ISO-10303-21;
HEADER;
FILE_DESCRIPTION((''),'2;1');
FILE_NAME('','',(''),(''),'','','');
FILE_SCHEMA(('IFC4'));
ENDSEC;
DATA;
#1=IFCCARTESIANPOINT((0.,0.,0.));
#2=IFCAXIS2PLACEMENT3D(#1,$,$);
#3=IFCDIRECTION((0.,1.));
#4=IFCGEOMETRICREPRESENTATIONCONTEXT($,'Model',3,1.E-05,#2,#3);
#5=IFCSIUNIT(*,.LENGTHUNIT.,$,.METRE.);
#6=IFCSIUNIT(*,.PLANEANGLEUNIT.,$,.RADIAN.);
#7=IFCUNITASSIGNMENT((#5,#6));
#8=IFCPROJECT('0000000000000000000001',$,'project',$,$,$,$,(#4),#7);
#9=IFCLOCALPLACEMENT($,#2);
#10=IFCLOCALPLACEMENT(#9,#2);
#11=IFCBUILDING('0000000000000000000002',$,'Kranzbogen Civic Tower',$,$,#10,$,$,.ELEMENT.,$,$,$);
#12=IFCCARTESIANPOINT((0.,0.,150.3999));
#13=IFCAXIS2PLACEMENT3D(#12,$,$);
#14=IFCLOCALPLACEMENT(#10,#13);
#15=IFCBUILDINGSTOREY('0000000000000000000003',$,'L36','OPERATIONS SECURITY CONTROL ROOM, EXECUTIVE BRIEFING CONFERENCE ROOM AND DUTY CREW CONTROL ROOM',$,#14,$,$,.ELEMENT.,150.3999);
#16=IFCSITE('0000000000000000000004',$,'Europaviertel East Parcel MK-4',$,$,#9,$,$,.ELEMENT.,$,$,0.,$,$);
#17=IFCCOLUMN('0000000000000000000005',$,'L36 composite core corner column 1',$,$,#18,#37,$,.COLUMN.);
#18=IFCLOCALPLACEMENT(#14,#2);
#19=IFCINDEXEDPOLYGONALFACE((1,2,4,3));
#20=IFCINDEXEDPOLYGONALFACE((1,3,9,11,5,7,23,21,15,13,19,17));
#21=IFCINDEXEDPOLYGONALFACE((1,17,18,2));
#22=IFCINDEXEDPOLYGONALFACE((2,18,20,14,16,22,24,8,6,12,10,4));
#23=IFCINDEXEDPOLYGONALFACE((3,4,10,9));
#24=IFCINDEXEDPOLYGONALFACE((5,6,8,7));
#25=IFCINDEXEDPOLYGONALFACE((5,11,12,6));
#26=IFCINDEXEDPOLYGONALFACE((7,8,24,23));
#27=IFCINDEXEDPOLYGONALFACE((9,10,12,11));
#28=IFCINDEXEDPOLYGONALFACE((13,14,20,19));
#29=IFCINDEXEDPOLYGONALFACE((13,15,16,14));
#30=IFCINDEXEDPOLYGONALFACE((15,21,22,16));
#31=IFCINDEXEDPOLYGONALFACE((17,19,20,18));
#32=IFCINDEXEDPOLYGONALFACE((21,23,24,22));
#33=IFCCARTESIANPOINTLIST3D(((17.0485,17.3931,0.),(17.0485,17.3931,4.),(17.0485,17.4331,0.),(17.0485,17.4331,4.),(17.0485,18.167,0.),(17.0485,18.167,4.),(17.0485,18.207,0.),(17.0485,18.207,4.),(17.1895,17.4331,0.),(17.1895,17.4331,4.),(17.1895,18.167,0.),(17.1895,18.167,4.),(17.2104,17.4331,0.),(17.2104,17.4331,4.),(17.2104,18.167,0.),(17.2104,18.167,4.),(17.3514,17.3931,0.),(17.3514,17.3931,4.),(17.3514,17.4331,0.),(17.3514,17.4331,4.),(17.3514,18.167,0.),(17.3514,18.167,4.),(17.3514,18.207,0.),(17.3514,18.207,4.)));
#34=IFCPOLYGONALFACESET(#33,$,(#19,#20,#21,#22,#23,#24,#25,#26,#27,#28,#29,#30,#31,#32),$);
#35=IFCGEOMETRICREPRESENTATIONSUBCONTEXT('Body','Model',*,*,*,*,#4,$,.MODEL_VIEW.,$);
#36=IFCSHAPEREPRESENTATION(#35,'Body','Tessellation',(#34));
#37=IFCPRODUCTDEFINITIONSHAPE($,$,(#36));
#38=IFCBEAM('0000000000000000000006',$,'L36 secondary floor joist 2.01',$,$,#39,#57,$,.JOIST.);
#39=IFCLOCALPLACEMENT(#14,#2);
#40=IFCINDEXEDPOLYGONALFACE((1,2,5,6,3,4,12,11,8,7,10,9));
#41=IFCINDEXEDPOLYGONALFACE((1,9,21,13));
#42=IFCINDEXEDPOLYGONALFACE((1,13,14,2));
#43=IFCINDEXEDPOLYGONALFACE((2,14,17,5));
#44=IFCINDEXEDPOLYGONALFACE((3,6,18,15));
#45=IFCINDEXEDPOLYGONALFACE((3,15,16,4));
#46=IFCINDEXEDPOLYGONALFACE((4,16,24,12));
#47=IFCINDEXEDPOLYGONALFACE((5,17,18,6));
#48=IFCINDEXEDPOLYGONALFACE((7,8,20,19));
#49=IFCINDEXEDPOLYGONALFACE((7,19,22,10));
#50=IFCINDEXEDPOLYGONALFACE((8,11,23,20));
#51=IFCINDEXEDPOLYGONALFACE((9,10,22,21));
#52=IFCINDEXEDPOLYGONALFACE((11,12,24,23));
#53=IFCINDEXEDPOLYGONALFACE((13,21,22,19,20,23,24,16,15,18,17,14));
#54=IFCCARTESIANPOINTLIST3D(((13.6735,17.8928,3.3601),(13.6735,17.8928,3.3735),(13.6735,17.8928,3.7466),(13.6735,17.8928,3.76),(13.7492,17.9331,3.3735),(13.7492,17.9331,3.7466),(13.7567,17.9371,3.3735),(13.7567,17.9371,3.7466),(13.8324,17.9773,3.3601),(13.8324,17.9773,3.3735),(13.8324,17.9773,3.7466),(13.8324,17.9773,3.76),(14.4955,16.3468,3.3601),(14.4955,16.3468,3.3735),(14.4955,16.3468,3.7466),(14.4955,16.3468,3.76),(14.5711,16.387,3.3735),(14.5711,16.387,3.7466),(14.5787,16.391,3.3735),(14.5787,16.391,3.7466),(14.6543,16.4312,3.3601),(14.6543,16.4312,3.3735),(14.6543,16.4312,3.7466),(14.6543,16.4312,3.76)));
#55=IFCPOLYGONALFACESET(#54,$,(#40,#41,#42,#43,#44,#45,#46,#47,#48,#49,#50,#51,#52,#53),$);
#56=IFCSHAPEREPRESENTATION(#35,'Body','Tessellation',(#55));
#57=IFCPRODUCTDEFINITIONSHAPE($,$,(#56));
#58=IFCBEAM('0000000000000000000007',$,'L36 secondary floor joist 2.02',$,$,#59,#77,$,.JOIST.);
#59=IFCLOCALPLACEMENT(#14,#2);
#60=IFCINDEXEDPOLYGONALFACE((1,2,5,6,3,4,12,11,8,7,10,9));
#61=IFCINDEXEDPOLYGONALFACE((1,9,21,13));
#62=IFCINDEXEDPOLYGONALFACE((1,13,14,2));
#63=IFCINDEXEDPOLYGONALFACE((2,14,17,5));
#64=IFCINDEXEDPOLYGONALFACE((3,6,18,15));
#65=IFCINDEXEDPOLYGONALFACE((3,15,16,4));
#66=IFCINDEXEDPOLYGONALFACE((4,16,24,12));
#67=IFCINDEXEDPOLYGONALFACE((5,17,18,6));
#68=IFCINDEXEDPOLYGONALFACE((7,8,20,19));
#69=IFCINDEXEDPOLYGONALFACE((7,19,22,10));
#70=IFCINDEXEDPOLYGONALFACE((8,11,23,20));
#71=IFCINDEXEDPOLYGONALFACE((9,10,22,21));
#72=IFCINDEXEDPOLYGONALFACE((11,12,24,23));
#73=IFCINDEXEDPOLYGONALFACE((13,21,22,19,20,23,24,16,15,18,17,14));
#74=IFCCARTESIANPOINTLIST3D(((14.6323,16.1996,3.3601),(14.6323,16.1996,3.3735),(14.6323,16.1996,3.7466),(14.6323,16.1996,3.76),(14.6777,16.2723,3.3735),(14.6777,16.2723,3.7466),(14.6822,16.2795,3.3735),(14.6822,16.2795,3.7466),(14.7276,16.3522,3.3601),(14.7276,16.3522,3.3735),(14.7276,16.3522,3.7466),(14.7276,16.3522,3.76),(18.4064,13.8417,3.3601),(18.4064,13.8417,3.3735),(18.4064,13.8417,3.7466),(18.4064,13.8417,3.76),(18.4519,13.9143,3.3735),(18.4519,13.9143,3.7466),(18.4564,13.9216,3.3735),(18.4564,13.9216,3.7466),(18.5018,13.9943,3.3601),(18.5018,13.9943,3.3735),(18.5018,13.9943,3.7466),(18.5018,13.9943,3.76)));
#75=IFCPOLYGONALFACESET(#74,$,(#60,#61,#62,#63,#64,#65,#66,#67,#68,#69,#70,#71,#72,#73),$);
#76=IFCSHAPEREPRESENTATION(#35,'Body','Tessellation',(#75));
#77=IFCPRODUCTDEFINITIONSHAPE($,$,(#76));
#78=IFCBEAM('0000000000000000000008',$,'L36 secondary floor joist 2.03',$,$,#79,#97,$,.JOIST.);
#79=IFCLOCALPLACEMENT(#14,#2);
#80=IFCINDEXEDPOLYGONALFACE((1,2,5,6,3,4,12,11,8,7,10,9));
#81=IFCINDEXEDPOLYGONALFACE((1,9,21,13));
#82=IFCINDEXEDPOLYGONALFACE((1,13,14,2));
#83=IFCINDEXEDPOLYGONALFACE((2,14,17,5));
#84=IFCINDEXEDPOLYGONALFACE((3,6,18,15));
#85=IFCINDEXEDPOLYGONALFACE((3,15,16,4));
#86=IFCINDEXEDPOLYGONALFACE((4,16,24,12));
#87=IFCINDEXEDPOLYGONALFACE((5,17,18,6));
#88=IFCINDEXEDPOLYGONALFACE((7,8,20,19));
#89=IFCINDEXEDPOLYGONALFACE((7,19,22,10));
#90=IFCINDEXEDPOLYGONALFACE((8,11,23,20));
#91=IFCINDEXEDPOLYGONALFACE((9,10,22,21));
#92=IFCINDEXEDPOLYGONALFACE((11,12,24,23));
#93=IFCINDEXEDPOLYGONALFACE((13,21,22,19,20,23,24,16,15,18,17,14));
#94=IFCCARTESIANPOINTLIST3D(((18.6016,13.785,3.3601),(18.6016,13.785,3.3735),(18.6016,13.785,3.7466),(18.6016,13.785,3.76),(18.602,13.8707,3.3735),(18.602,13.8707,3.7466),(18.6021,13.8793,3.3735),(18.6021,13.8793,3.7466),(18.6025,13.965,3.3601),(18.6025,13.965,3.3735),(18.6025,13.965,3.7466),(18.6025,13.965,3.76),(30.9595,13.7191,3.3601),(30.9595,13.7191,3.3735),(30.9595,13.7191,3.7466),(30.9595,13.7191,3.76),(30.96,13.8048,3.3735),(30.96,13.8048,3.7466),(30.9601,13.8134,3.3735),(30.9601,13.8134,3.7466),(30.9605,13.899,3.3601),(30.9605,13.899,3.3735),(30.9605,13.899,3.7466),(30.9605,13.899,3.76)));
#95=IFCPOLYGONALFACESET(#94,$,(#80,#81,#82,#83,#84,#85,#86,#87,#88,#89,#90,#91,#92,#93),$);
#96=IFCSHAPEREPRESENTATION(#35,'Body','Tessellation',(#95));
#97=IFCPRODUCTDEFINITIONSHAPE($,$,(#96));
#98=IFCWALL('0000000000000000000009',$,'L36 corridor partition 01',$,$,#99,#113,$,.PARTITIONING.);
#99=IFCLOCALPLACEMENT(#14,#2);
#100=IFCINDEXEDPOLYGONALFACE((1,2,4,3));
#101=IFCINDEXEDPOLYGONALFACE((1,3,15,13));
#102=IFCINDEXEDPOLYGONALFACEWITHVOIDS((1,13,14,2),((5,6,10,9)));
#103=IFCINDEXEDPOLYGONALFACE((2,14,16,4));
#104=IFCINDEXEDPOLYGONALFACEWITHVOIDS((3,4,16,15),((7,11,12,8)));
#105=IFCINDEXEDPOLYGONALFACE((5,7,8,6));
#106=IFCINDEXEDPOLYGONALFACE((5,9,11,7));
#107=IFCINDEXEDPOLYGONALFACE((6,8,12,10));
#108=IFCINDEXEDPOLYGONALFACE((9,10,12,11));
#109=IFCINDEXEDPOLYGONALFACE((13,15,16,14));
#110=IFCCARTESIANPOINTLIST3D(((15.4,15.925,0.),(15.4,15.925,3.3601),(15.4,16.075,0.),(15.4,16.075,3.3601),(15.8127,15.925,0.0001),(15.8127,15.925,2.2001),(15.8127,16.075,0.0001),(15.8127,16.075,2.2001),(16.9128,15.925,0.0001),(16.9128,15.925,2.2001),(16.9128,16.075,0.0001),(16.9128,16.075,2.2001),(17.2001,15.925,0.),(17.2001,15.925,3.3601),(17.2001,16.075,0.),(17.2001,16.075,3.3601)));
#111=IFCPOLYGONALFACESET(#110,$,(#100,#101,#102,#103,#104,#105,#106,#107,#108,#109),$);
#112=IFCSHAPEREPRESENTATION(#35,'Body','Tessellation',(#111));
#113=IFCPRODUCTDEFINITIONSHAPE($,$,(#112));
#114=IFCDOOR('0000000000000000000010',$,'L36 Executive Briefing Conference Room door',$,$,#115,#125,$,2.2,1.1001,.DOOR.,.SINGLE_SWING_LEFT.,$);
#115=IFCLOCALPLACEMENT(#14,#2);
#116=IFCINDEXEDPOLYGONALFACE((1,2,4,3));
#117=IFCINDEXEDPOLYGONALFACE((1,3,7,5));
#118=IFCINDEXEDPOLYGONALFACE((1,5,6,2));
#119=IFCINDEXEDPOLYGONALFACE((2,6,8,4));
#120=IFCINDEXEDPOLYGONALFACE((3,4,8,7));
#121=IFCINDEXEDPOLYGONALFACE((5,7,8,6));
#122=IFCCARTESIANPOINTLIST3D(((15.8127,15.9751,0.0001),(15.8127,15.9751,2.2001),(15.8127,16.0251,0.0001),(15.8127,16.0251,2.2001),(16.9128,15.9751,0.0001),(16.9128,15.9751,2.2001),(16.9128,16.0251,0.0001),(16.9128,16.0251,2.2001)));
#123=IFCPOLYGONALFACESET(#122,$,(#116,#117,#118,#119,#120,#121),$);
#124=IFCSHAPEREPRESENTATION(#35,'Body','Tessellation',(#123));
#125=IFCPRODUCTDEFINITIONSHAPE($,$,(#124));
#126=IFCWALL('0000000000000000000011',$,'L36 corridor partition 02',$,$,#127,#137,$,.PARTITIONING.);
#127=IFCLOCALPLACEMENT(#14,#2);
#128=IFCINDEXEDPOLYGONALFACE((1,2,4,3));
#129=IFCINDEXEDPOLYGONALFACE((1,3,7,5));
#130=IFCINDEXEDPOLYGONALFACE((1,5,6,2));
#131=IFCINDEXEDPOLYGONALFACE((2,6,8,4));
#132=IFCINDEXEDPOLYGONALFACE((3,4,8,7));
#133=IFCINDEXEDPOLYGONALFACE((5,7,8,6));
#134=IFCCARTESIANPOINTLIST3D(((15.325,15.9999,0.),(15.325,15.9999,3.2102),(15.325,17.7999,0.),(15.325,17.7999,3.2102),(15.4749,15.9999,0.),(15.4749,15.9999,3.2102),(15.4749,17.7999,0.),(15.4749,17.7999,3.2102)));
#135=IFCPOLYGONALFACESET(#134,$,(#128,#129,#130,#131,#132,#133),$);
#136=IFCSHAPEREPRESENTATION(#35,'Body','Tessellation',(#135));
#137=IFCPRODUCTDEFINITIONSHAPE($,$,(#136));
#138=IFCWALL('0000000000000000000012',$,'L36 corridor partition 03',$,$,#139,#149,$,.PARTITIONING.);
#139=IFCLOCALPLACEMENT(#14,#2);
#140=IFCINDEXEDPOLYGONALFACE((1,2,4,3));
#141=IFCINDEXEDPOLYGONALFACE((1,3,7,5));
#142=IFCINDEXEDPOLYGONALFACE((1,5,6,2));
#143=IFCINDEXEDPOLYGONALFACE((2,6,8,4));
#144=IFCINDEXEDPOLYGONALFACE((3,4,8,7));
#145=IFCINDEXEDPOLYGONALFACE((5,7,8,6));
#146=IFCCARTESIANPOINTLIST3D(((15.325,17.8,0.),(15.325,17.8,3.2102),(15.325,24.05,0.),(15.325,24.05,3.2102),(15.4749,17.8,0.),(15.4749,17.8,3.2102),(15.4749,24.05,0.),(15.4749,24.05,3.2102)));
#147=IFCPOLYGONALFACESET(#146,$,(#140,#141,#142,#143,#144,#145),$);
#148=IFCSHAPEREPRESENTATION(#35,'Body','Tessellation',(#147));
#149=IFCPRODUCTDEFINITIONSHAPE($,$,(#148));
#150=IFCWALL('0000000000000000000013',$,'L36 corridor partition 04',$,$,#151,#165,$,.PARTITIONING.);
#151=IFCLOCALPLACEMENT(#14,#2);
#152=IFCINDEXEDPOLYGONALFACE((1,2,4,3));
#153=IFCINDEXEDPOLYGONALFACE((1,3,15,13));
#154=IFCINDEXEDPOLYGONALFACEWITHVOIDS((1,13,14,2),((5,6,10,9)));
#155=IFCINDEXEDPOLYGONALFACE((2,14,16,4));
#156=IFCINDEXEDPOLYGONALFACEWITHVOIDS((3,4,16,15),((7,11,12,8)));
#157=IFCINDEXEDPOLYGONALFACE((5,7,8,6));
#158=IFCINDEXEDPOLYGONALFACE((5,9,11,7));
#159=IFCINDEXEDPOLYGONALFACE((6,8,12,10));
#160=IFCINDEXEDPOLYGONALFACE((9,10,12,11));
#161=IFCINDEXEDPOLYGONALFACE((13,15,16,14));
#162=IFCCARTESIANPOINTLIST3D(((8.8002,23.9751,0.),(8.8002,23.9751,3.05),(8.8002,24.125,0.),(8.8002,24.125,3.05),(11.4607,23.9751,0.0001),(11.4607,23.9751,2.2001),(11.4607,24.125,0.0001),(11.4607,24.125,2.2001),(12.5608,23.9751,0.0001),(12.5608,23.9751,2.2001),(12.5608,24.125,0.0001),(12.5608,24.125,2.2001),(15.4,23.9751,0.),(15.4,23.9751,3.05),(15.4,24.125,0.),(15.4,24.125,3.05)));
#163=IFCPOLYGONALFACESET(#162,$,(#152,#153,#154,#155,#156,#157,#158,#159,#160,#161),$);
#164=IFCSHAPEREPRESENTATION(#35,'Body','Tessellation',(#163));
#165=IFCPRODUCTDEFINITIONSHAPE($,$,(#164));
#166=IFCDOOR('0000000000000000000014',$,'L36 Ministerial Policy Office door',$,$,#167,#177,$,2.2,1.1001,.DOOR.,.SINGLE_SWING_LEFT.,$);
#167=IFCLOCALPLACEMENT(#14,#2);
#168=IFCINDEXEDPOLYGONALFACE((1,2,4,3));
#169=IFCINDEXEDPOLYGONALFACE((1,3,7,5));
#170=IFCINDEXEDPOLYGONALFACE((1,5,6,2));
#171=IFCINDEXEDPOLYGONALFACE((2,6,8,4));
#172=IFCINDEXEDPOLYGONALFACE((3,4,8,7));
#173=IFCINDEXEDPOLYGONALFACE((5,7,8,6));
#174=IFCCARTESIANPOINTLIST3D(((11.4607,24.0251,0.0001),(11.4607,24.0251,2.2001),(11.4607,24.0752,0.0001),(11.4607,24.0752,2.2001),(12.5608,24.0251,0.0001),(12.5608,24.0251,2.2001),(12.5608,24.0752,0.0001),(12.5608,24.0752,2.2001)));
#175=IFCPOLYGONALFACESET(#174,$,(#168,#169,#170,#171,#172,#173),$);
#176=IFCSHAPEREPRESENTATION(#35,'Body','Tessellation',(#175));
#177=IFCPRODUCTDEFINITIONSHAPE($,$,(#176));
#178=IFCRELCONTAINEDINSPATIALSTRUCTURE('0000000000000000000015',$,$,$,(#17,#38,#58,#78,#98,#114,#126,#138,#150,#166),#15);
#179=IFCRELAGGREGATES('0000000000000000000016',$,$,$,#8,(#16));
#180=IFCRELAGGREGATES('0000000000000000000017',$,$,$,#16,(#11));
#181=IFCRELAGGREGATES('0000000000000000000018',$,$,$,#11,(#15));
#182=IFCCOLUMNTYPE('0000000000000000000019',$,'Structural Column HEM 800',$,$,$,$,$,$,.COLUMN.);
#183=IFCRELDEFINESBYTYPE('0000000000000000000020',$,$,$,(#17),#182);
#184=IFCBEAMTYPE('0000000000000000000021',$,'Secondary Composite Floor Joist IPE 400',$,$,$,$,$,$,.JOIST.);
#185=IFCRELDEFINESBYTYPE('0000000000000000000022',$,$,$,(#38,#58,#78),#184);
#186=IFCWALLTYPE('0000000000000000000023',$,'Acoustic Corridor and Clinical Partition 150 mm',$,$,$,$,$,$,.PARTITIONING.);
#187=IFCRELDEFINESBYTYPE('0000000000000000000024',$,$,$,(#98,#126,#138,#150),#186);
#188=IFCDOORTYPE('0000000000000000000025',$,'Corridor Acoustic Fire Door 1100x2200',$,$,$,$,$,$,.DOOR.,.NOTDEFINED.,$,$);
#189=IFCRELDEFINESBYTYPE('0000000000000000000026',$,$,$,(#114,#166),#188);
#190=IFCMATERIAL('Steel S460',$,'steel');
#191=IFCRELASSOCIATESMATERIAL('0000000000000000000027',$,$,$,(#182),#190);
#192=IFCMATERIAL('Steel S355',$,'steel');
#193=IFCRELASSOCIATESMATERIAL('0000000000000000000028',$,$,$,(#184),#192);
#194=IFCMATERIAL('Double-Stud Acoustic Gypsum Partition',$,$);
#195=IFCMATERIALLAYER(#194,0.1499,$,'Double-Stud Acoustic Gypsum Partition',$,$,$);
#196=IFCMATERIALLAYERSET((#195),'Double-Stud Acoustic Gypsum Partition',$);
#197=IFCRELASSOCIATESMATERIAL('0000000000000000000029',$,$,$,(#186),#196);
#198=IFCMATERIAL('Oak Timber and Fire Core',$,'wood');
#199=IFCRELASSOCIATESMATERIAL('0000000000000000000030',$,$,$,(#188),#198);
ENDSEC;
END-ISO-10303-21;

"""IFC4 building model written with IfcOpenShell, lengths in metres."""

from ifc_helpers import new_model, si_unit, direction, frame, frame_2d, origin, origin_2d, place, context, subcontext, project, spatial, rectangle, i_section, extrude, material, layer, layer_set, material_profile, profile_set, type_object, element, fill, save


model = new_model("IFC4")

# Units and contexts
model_context = context("Model", 3, precision=1e-05, world=origin(), true_north=direction((0.0, 1.0)))
body_context = subcontext(model_context, "Body", "Model", "MODEL_VIEW")
ifc_project = project(units=[si_unit("LENGTHUNIT", "METRE"), si_unit("PLANEANGLEUNIT", "RADIAN")], contexts=[model_context])

# Site, building, storey
site_placement = place(None, origin())
site = spatial("IfcSite", under=ifc_project, at=site_placement, Name="Europaviertel East Parcel MK-4", CompositionType="ELEMENT", RefElevation=0.0)
building_placement = place(site_placement, origin())
building = spatial("IfcBuilding", under=site, at=building_placement, Name="Kranzbogen Civic Tower", CompositionType="ELEMENT")
storey_placement = place(building_placement, frame((0.0, 0.0, 150.3999)))
storey = spatial("IfcBuildingStorey", under=building, at=storey_placement, Name="L36", Description="OPERATIONS SECURITY CONTROL ROOM, EXECUTIVE BRIEFING CONFERENCE ROOM AND DUTY CREW CONTROL ROOM", CompositionType="ELEMENT", Elevation=150.3999)

# Column
ifc_material_1 = material(Name="Steel S460", Category="steel")
ifc_material_profile_1 = material_profile(ifc_material_1, i_section(OverallWidth=0.303, OverallDepth=0.814, WebThickness=0.021, FlangeThickness=0.04, at=origin_2d()), Name="HEM 800")
ifc_profile_set_1 = profile_set([ifc_material_profile_1], Name="Steel S460")
column_type = type_object("IfcColumnType", Name="Structural Column HEM 800", PredefinedType="COLUMN", material=ifc_profile_set_1)
column_placement = place(storey_placement, frame((17.2, 17.8, 0.0), z_axis=(0.0, 0.0, 1.0), x_axis=(1.0, 0.0, 0.0)))
element("IfcColumn", 1, at=column_placement, inside=storey, type_object=column_type, Name="L36 composite core corner column 1", PredefinedType="COLUMN", context=body_context, shape_type="SweptSolid", body=[
    extrude(i_section(OverallWidth=0.303, OverallDepth=0.814, WebThickness=0.021, FlangeThickness=0.04, at=origin_2d()), origin(), (0.0, 0.0, 1.0), 4.0),
])

# Beams
ifc_material_2 = material(Name="Steel S355", Category="steel")
ifc_material_profile_2 = material_profile(ifc_material_2, i_section(OverallWidth=0.1799, OverallDepth=0.3999, WebThickness=0.0085, FlangeThickness=0.0134, at=origin_2d()), Name="IPE 400")
ifc_profile_set_2 = profile_set([ifc_material_profile_2], Name="Steel S355")
beam_type = type_object("IfcBeamType", Name="Secondary Composite Floor Joist IPE 400", PredefinedType="JOIST", material=ifc_profile_set_2)
beam_1_placement = place(storey_placement, frame((13.7529, 17.9351, 3.5601), z_axis=(0.469437, -0.882966, 0.0), x_axis=(0.882966, 0.469437, 0.0)))
element("IfcBeam", 2, at=beam_1_placement, inside=storey, type_object=beam_type, Name="L36 secondary floor joist 2.01", PredefinedType="JOIST", context=body_context, shape_type="SweptSolid", body=[
    extrude(i_section(OverallWidth=0.1799, OverallDepth=0.3999, WebThickness=0.0085, FlangeThickness=0.0134, at=origin_2d()), origin(), (0.0, 0.0, 1.0), 1.751),
])
beam_2_placement = place(storey_placement, frame((14.6799, 16.2759, 3.5601), z_axis=(0.848094, -0.529846, 0.0), x_axis=(0.529846, 0.848094, 0.0)))
element("IfcBeam", 3, at=beam_2_placement, inside=storey, type_object=beam_type, Name="L36 secondary floor joist 2.02", PredefinedType="JOIST", context=body_context, shape_type="SweptSolid", body=[
    extrude(i_section(OverallWidth=0.1799, OverallDepth=0.3999, WebThickness=0.0085, FlangeThickness=0.0134, at=origin_2d()), origin(), (0.0, 0.0, 1.0), 4.4502),
])
beam_3_placement = place(storey_placement, frame((18.6021, 13.875, 3.5601), z_axis=(0.999986, -0.005334, 0.0), x_axis=(0.005334, 0.999986, 0.0)))
element("IfcBeam", 4, at=beam_3_placement, inside=storey, type_object=beam_type, Name="L36 secondary floor joist 2.03", PredefinedType="JOIST", context=body_context, shape_type="SweptSolid", body=[
    extrude(i_section(OverallWidth=0.1799, OverallDepth=0.3999, WebThickness=0.0085, FlangeThickness=0.0134, at=origin_2d()), origin(), (0.0, 0.0, 1.0), 12.3582),
])

# Wall, opening, door
ifc_material_3 = material(Name="Double-Stud Acoustic Gypsum Partition")
ifc_layer_1 = layer(ifc_material_3, 0.1499, Name="Double-Stud Acoustic Gypsum Partition")
ifc_layer_set_1 = layer_set([ifc_layer_1], Name="Double-Stud Acoustic Gypsum Partition")
wall_type_1 = type_object("IfcWallType", Name="Acoustic Corridor and Clinical Partition 150 mm", PredefinedType="PARTITIONING", material=ifc_layer_set_1)
wall_1_placement = place(storey_placement, frame((17.2, 16.0, 0.0), z_axis=(0.0, 0.0, 1.0), x_axis=(-1.0, 0.0, 0.0)))
wall_1 = element("IfcWall", 5, at=wall_1_placement, inside=storey, type_object=wall_type_1, Name="L36 corridor partition 01", PredefinedType="PARTITIONING", context=body_context, shape_type="SweptSolid", body=[
    extrude(rectangle(XDim=1.8, YDim=0.1499, at=frame_2d((0.8999, 0.0))), origin(), (0.0, 0.0, 1.0), 3.3601),
])
opening_1_placement = place(wall_1_placement, frame((0.2871, 0.0, 0.0)))
opening_1 = element("IfcOpeningElement", 6, at=opening_1_placement, cuts=wall_1, PredefinedType="OPENING", context=body_context, shape_type="SweptSolid", body=[
    extrude(rectangle(XDim=1.1001, YDim=2.2, at=frame_2d((0.55, 1.1001))), frame((0.0, 0.085, 0.0), z_axis=(0.0, -1.0, 0.0), x_axis=(1.0, 0.0, 0.0)), (0.0, 0.0, 1.0), 0.1699),
])
ifc_material_4 = material(Name="Oak Timber and Fire Core", Category="wood")
door_type_1 = type_object("IfcDoorType", Name="Corridor Acoustic Fire Door 1100x2200", OperationType="NOTDEFINED", PredefinedType="DOOR", material=ifc_material_4)
door_1_placement = place(opening_1_placement, origin())
door_1 = element("IfcDoor", 7, at=door_1_placement, inside=storey, type_object=door_type_1, Name="L36 Executive Briefing Conference Room door", OperationType="SINGLE_SWING_LEFT", OverallHeight=2.2, OverallWidth=1.1001, PredefinedType="DOOR", context=body_context, shape_type="SweptSolid", body=[
    extrude(rectangle(XDim=1.1001, YDim=2.2, at=frame_2d((0.55, 1.1001))), frame((0.0, 0.0249, 0.0), z_axis=(0.0, -1.0, 0.0), x_axis=(1.0, 0.0, 0.0)), (0.0, 0.0, 1.0), 0.05),
])
fill(opening_1, door_1)

# Walls
wall_2_placement = place(storey_placement, frame((15.3999, 16.0, 0.0), z_axis=(0.0, 0.0, 1.0), x_axis=(0.0, 1.0, 0.0)))
element("IfcWall", 8, at=wall_2_placement, inside=storey, type_object=wall_type_1, Name="L36 corridor partition 02", PredefinedType="PARTITIONING", context=body_context, shape_type="SweptSolid", body=[
    extrude(rectangle(XDim=1.8, YDim=0.1499, at=frame_2d((0.8999, 0.0))), origin(), (0.0, 0.0, 1.0), 3.2102),
])
wall_3_placement = place(storey_placement, frame((15.3999, 17.8, 0.0), z_axis=(0.0, 0.0, 1.0), x_axis=(0.0, 1.0, 0.0)))
element("IfcWall", 9, at=wall_3_placement, inside=storey, type_object=wall_type_1, Name="L36 corridor partition 03", PredefinedType="PARTITIONING", context=body_context, shape_type="SweptSolid", body=[
    extrude(rectangle(XDim=6.25, YDim=0.1499, at=frame_2d((3.125, 0.0))), origin(), (0.0, 0.0, 1.0), 3.2102),
])

# Wall, opening, door
wall_4_placement = place(storey_placement, frame((15.3999, 24.05, 0.0), z_axis=(0.0, 0.0, 1.0), x_axis=(-1.0, 0.0, 0.0)))
wall_4 = element("IfcWall", 10, at=wall_4_placement, inside=storey, type_object=wall_type_1, Name="L36 corridor partition 04", PredefinedType="PARTITIONING", context=body_context, shape_type="SweptSolid", body=[
    extrude(rectangle(XDim=6.5999, YDim=0.1499, at=frame_2d((3.2998, 0.0))), origin(), (0.0, 0.0, 1.0), 3.05),
])
opening_2_placement = place(wall_4_placement, frame((2.8391, 0.0, 0.0)))
opening_2 = element("IfcOpeningElement", 11, at=opening_2_placement, cuts=wall_4, PredefinedType="OPENING", context=body_context, shape_type="SweptSolid", body=[
    extrude(rectangle(XDim=1.1001, YDim=2.2, at=frame_2d((0.55, 1.1001))), frame((0.0, 0.085, 0.0), z_axis=(0.0, -1.0, 0.0), x_axis=(1.0, 0.0, 0.0)), (0.0, 0.0, 1.0), 0.1699),
])
door_2_placement = place(opening_2_placement, origin())
door_2 = element("IfcDoor", 12, at=door_2_placement, inside=storey, type_object=door_type_1, Name="L36 Ministerial Policy Office door", OperationType="SINGLE_SWING_LEFT", OverallHeight=2.2, OverallWidth=1.1001, PredefinedType="DOOR", context=body_context, shape_type="SweptSolid", body=[
    extrude(rectangle(XDim=1.1001, YDim=2.2, at=frame_2d((0.55, 1.1001))), frame((0.0, 0.0249, 0.0), z_axis=(0.0, -1.0, 0.0), x_axis=(1.0, 0.0, 0.0)), (0.0, 0.0, 1.0), 0.05),
])
fill(opening_2, door_2)

save(model, "model.ifc")
